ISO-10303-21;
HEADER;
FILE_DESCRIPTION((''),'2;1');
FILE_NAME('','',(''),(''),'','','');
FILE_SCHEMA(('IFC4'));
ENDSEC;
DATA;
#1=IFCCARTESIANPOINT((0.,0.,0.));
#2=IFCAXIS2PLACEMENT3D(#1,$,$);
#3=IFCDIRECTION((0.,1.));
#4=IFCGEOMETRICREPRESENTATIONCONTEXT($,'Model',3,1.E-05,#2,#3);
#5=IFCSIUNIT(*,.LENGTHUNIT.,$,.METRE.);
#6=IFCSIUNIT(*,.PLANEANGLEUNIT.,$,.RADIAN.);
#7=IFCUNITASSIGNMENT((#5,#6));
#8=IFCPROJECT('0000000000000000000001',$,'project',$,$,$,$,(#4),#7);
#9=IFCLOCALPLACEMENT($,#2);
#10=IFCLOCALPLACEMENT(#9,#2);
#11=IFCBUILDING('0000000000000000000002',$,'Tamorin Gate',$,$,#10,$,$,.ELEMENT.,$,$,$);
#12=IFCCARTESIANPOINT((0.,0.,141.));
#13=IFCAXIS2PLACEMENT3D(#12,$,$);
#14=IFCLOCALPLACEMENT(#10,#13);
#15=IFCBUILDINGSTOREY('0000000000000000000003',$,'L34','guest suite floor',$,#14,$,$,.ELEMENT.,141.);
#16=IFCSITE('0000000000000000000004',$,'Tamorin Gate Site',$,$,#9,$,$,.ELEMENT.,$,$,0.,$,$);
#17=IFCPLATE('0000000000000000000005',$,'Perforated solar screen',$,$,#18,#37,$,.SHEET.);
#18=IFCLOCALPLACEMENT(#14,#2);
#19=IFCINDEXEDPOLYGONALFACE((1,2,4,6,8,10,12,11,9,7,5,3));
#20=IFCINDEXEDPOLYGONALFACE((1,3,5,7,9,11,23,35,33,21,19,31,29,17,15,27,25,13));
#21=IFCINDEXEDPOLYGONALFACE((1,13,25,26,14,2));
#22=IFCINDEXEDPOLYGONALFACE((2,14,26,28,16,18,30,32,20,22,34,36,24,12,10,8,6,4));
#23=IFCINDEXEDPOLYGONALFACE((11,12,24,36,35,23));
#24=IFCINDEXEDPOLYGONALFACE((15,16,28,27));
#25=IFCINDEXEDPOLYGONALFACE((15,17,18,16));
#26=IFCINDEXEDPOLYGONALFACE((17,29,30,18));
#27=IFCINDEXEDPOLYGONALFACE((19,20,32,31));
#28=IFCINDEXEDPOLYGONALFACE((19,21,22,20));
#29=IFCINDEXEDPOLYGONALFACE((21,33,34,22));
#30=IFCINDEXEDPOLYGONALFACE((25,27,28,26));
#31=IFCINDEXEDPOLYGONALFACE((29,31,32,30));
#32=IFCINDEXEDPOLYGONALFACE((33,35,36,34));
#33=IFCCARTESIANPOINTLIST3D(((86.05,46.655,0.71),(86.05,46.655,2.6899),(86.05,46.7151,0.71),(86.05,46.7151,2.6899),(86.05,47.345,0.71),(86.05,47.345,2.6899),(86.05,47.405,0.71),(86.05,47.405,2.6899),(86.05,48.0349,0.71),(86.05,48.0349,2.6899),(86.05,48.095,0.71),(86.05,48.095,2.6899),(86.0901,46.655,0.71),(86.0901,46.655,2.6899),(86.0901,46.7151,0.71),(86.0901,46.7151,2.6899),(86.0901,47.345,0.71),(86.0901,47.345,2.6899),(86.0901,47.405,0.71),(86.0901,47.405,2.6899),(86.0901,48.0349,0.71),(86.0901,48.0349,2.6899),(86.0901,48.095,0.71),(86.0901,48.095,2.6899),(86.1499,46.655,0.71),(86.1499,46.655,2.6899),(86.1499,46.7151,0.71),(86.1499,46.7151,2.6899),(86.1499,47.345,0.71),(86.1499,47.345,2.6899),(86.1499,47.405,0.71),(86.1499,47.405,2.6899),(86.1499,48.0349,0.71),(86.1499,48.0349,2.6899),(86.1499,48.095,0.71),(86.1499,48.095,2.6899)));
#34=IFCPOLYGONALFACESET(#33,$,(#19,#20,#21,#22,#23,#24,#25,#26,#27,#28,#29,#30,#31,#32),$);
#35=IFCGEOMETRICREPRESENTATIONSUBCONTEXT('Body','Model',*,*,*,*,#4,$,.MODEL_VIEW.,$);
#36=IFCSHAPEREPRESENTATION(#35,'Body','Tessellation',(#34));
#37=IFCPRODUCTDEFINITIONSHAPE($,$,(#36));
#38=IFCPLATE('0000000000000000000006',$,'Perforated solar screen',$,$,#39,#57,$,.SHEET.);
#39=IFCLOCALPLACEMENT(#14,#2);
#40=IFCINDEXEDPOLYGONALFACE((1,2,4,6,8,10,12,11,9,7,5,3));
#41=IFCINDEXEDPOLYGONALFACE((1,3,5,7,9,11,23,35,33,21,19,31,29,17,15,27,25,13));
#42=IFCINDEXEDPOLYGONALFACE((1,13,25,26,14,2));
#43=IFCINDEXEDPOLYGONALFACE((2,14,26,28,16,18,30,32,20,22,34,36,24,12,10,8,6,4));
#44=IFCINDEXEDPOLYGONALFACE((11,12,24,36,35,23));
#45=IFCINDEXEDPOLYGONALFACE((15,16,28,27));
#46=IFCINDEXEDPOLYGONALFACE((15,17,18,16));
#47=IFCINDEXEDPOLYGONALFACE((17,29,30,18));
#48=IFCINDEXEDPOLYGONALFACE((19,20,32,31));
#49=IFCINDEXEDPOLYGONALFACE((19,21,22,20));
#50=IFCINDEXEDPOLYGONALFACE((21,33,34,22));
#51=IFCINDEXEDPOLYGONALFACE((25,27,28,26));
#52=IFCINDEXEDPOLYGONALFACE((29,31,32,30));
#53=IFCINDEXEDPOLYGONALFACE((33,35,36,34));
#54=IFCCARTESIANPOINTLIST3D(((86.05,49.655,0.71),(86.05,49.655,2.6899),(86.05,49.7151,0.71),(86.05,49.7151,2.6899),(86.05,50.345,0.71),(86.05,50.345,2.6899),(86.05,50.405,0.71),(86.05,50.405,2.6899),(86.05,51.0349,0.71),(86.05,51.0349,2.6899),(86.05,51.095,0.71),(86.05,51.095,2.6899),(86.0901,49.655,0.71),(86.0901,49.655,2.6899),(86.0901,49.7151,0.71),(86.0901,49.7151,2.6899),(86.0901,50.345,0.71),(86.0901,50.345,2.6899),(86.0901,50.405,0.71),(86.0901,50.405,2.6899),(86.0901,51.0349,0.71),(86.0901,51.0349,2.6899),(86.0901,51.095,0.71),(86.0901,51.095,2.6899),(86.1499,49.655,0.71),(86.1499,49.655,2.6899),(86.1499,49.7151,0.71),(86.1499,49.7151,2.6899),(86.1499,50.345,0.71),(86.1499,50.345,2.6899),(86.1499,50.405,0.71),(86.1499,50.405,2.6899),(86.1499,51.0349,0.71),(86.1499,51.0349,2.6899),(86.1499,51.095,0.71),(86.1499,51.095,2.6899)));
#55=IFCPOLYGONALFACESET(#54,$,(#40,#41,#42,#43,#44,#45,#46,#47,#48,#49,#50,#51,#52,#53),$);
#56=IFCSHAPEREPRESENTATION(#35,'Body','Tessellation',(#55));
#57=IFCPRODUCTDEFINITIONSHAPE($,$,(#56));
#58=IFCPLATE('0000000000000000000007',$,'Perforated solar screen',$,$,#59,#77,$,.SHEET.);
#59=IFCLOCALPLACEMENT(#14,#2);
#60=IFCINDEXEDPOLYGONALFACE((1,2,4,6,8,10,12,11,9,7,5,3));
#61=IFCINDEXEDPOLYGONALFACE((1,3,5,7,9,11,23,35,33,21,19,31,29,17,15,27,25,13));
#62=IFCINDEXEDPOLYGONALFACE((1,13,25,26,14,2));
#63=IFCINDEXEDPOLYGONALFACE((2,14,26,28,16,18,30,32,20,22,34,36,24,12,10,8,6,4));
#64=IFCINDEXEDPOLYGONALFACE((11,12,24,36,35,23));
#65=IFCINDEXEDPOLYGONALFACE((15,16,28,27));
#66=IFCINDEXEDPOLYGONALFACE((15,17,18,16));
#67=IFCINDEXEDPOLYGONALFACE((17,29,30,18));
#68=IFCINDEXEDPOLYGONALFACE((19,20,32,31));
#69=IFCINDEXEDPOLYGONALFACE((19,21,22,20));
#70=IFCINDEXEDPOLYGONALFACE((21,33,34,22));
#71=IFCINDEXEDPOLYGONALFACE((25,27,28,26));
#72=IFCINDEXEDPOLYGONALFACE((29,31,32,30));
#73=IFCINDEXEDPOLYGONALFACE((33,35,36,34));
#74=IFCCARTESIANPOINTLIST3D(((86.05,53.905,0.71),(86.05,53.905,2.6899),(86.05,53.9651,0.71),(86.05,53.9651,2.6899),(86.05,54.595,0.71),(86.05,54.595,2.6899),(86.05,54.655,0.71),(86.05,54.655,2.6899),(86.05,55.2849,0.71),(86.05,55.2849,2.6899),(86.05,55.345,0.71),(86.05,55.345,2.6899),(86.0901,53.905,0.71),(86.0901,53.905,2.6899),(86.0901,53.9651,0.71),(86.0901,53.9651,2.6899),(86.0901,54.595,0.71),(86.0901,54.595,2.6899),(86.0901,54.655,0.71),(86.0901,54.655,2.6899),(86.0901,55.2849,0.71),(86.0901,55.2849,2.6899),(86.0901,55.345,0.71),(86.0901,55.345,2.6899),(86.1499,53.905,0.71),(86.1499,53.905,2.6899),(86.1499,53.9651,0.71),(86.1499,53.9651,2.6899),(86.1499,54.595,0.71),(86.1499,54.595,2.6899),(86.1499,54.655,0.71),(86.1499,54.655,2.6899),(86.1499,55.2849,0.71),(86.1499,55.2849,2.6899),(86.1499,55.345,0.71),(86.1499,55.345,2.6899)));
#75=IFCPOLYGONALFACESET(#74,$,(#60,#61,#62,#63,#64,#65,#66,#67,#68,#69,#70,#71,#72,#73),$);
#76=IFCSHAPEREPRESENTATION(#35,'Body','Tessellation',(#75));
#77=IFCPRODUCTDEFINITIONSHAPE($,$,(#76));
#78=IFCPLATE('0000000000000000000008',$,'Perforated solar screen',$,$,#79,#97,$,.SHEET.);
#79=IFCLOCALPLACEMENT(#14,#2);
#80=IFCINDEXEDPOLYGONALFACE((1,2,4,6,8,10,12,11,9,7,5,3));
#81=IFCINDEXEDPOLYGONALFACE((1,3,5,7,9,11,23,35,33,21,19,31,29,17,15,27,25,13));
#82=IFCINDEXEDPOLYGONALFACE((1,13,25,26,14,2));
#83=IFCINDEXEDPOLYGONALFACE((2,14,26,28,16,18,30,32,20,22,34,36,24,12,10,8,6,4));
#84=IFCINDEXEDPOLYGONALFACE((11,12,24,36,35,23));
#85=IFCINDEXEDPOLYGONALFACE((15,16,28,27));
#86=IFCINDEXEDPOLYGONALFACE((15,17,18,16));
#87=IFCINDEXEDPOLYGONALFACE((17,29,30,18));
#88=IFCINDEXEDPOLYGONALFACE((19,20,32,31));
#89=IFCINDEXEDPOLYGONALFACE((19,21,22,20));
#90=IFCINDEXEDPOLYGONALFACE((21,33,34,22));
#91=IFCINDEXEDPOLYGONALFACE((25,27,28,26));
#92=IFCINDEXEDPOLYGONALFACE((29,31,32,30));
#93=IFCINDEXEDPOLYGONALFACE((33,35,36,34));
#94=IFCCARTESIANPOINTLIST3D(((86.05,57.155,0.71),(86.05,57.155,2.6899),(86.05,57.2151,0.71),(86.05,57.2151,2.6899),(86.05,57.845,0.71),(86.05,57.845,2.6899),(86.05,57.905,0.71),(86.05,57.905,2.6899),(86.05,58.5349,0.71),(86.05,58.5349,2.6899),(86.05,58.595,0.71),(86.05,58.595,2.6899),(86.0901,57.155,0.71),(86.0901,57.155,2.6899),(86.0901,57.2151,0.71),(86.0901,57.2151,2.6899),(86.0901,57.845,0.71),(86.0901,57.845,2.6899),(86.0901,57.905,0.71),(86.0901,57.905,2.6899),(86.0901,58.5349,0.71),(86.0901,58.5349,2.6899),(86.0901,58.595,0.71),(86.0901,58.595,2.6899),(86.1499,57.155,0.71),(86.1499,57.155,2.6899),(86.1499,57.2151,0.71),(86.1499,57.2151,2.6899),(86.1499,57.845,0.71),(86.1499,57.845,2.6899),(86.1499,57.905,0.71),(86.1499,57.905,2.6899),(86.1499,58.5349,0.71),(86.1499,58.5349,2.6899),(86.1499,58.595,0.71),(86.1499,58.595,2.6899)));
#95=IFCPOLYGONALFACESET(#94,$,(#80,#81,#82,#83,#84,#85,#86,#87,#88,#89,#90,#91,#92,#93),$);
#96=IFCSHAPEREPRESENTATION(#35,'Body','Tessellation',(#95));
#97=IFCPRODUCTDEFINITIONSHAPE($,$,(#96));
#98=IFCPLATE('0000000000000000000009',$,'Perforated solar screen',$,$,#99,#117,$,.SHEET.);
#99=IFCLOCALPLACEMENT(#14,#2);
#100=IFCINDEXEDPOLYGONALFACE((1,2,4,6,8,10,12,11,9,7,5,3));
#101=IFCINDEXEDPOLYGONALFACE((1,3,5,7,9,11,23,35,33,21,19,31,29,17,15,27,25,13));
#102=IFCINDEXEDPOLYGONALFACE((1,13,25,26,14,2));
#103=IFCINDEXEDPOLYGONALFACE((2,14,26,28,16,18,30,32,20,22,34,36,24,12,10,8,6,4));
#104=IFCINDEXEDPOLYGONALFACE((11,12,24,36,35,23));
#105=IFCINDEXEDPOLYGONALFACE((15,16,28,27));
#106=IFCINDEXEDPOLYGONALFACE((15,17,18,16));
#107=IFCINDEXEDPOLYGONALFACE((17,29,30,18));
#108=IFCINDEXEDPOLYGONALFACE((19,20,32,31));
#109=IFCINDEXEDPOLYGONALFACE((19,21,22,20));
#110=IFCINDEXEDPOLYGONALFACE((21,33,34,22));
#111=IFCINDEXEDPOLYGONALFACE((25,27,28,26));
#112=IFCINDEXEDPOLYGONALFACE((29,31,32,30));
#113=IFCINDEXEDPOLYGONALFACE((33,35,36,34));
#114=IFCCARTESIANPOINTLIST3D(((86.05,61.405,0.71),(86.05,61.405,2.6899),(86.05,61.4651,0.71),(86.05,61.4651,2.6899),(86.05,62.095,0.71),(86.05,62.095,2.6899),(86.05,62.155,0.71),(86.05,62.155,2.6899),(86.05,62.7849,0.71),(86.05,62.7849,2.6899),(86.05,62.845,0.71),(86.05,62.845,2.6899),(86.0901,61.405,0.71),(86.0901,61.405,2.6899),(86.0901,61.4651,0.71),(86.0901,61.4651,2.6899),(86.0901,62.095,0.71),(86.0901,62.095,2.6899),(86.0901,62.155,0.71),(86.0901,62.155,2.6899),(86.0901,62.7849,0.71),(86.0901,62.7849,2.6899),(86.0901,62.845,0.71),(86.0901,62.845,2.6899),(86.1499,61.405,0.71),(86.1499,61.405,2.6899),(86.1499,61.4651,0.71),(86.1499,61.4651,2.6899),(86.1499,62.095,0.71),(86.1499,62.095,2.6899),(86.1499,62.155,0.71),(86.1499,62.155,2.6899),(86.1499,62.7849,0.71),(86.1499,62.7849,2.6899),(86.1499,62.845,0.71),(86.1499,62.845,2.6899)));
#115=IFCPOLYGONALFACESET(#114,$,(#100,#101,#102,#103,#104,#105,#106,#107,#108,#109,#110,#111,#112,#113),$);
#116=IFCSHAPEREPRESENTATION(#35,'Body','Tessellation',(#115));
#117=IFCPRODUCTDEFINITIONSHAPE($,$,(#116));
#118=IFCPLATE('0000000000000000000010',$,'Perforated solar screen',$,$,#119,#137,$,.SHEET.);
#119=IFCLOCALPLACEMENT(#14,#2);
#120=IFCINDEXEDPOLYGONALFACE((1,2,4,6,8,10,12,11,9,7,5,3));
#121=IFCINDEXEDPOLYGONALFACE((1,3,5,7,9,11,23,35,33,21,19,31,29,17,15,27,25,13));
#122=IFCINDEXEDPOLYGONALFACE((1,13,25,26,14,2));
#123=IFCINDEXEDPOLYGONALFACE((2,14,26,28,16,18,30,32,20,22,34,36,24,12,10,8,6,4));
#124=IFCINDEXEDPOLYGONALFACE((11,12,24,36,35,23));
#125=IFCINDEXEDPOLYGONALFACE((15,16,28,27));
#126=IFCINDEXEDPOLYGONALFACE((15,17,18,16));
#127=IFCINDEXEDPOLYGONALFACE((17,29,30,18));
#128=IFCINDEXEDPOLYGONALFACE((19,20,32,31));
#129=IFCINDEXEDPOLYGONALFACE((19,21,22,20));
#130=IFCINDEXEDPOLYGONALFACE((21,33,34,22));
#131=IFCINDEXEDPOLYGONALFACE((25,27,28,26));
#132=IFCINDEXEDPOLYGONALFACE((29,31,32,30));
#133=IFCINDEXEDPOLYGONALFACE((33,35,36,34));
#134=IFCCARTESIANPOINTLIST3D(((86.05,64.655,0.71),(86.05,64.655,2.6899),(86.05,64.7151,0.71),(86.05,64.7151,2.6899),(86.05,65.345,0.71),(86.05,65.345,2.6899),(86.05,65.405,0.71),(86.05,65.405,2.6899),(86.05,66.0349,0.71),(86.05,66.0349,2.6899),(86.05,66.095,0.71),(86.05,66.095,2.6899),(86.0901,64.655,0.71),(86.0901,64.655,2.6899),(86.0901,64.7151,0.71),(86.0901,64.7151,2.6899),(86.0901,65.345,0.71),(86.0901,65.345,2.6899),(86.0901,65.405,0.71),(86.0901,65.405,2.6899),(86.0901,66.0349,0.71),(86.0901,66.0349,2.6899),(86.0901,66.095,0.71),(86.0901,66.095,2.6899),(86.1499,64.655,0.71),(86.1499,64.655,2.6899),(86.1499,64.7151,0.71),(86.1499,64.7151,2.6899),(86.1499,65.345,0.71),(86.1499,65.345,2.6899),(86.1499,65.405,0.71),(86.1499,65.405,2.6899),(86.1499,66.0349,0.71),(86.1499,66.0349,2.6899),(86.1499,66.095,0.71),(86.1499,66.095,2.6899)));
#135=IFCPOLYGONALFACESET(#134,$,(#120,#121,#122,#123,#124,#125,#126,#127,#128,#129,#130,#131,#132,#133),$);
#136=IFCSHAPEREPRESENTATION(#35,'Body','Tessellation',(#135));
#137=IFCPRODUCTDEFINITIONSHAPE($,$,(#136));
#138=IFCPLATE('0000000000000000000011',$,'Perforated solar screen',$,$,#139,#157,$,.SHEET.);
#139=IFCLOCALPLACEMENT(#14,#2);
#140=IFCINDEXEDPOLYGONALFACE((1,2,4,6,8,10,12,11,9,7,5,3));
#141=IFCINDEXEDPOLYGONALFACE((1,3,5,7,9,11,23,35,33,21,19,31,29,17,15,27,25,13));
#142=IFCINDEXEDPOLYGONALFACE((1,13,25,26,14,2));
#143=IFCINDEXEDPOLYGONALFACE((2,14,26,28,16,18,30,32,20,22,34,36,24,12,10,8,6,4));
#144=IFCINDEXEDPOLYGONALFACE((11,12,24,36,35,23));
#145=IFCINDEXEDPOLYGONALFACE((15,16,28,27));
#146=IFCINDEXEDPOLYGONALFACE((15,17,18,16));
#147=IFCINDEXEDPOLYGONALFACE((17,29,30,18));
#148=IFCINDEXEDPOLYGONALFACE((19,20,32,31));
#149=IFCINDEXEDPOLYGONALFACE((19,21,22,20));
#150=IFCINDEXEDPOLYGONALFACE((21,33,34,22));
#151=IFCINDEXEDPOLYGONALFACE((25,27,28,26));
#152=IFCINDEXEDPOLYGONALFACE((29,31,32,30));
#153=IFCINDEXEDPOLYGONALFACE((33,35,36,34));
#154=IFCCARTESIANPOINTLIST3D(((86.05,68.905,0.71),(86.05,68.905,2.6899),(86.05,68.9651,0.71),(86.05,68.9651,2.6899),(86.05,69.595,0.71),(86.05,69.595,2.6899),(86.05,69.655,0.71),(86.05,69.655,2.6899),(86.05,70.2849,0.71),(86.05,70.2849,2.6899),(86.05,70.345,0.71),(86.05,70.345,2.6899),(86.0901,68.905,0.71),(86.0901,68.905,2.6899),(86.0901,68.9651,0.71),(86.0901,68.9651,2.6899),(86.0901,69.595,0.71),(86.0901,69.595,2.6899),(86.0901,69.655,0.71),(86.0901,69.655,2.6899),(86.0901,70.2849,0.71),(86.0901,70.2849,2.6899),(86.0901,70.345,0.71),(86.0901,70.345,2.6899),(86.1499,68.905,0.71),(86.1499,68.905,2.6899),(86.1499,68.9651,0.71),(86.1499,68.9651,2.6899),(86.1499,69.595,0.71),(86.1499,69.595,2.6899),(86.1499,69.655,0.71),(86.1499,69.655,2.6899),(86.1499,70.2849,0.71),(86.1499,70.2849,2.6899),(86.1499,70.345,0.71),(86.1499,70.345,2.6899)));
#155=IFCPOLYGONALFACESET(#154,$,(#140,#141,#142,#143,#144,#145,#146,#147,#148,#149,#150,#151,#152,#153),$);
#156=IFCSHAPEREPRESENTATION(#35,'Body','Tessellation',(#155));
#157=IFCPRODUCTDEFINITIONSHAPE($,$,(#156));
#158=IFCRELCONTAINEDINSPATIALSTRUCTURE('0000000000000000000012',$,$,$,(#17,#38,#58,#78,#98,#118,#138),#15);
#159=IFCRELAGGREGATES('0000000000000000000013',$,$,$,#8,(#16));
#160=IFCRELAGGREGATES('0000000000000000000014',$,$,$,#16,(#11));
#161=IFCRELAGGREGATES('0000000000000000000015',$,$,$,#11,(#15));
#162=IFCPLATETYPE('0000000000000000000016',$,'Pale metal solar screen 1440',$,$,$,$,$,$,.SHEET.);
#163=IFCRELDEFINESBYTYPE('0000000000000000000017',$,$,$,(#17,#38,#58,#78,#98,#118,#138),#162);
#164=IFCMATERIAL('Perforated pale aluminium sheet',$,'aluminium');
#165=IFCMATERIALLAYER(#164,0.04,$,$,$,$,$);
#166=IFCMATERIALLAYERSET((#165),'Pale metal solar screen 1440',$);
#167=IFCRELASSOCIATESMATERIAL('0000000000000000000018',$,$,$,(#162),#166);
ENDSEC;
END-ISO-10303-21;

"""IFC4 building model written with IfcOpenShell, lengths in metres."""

from ifc_helpers import new_model, si_unit, direction, frame, origin, place, context, subcontext, project, spatial, polyline, outline, extrude, material, layer, layer_set, type_object, element, save


model = new_model("IFC4")

# Units and contexts
model_context = context("Model", 3, precision=1e-05, world=origin(), true_north=direction((0.0, 1.0)))
body_context = subcontext(model_context, "Body", "Model", "MODEL_VIEW")
ifc_project = project(units=[si_unit("LENGTHUNIT", "METRE"), si_unit("PLANEANGLEUNIT", "RADIAN")], contexts=[model_context])

# Site, building, storey
site_placement = place(None, origin())
site = spatial("IfcSite", under=ifc_project, at=site_placement, Name="Tamorin Gate Site", CompositionType="ELEMENT", RefElevation=0.0)
building_placement = place(site_placement, origin())
building = spatial("IfcBuilding", under=site, at=building_placement, Name="Tamorin Gate", CompositionType="ELEMENT")
storey_placement = place(building_placement, frame((0.0, 0.0, 141.0)))
storey = spatial("IfcBuildingStorey", under=building, at=storey_placement, Name="L34", Description="guest suite floor", CompositionType="ELEMENT", Elevation=141.0)

# Plates
ifc_material_1 = material(Name="Perforated pale aluminium sheet", Category="aluminium")
ifc_layer_1 = layer(ifc_material_1, 0.04)
ifc_layer_set_1 = layer_set([ifc_layer_1], Name="Pale metal solar screen 1440")
plate_type_1 = type_object("IfcPlateType", Name="Pale metal solar screen 1440", PredefinedType="SHEET", material=ifc_layer_set_1)
plate_1_placement = place(storey_placement, frame((0.0, 0.0, 0.71)))
element("IfcPlate", 1, at=plate_1_placement, inside=storey, type_object=plate_type_1, Name="Perforated solar screen", PredefinedType="SHEET", context=body_context, shape_type="SweptSolid", body=[
    extrude(outline(polyline([(86.0901, 46.655), (86.05, 46.655), (86.05, 46.7151), (86.05, 47.345), (86.05, 47.405), (86.05, 48.0349), (86.05, 48.095), (86.05, 48.095), (86.0901, 48.095), (86.0901, 48.095), (86.1499, 48.095), (86.1499, 48.0349), (86.0901, 48.0349), (86.0901, 47.405), (86.1499, 47.405), (86.1499, 47.345), (86.0901, 47.345), (86.0901, 46.7151), (86.1499, 46.7151), (86.1499, 46.655), (86.0901, 46.655)])), origin(), (0.0, 0.0, 1.0), 1.98),
])
plate_2_placement = place(storey_placement, frame((0.0, 0.0, 0.71)))
element("IfcPlate", 2, at=plate_2_placement, inside=storey, type_object=plate_type_1, Name="Perforated solar screen", PredefinedType="SHEET", context=body_context, shape_type="SweptSolid", body=[
    extrude(outline(polyline([(86.0901, 49.655), (86.05, 49.655), (86.05, 49.7151), (86.05, 50.345), (86.05, 50.405), (86.05, 51.0349), (86.05, 51.095), (86.0901, 51.095), (86.1499, 51.095), (86.1499, 51.0349), (86.0901, 51.0349), (86.0901, 50.405), (86.1499, 50.405), (86.1499, 50.345), (86.0901, 50.345), (86.0901, 49.7151), (86.1499, 49.7151), (86.1499, 49.655), (86.0901, 49.655)])), origin(), (0.0, 0.0, 1.0), 1.98),
])
plate_3_placement = place(storey_placement, frame((0.0, 0.0, 0.71)))
element("IfcPlate", 3, at=plate_3_placement, inside=storey, type_object=plate_type_1, Name="Perforated solar screen", PredefinedType="SHEET", context=body_context, shape_type="SweptSolid", body=[
    extrude(outline(polyline([(86.0901, 53.905), (86.05, 53.905), (86.05, 53.9651), (86.05, 54.595), (86.05, 54.655), (86.05, 55.2849), (86.05, 55.345), (86.0901, 55.345), (86.1499, 55.345), (86.1499, 55.2849), (86.0901, 55.2849), (86.0901, 54.655), (86.1499, 54.655), (86.1499, 54.595), (86.0901, 54.595), (86.0901, 53.9651), (86.1499, 53.9651), (86.1499, 53.905), (86.0901, 53.905)])), origin(), (0.0, 0.0, 1.0), 1.98),
])
plate_4_placement = place(storey_placement, frame((0.0, 0.0, 0.71)))
element("IfcPlate", 4, at=plate_4_placement, inside=storey, type_object=plate_type_1, Name="Perforated solar screen", PredefinedType="SHEET", context=body_context, shape_type="SweptSolid", body=[
    extrude(outline(polyline([(86.0901, 57.155), (86.05, 57.155), (86.05, 57.2151), (86.05, 57.845), (86.05, 57.905), (86.05, 58.5349), (86.05, 58.595), (86.0901, 58.595), (86.1499, 58.595), (86.1499, 58.5349), (86.0901, 58.5349), (86.0901, 57.905), (86.1499, 57.905), (86.1499, 57.845), (86.0901, 57.845), (86.0901, 57.2151), (86.1499, 57.2151), (86.1499, 57.155), (86.0901, 57.155)])), origin(), (0.0, 0.0, 1.0), 1.98),
])
plate_5_placement = place(storey_placement, frame((0.0, 0.0, 0.71)))
element("IfcPlate", 5, at=plate_5_placement, inside=storey, type_object=plate_type_1, Name="Perforated solar screen", PredefinedType="SHEET", context=body_context, shape_type="SweptSolid", body=[
    extrude(outline(polyline([(86.0901, 61.405), (86.05, 61.405), (86.05, 61.4651), (86.05, 62.095), (86.05, 62.155), (86.05, 62.7849), (86.05, 62.845), (86.0901, 62.845), (86.1499, 62.845), (86.1499, 62.7849), (86.0901, 62.7849), (86.0901, 62.155), (86.1499, 62.155), (86.1499, 62.095), (86.0901, 62.095), (86.0901, 61.4651), (86.1499, 61.4651), (86.1499, 61.405), (86.0901, 61.405)])), origin(), (0.0, 0.0, 1.0), 1.98),
])
plate_6_placement = place(storey_placement, frame((0.0, 0.0, 0.71)))
element("IfcPlate", 6, at=plate_6_placement, inside=storey, type_object=plate_type_1, Name="Perforated solar screen", PredefinedType="SHEET", context=body_context, shape_type="SweptSolid", body=[
    extrude(outline(polyline([(86.0901, 64.655), (86.05, 64.655), (86.05, 64.7151), (86.05, 65.345), (86.05, 65.405), (86.05, 66.0349), (86.05, 66.095), (86.0901, 66.095), (86.1499, 66.095), (86.1499, 66.0349), (86.0901, 66.0349), (86.0901, 65.405), (86.1499, 65.405), (86.1499, 65.345), (86.0901, 65.345), (86.0901, 64.7151), (86.1499, 64.7151), (86.1499, 64.655), (86.0901, 64.655)])), origin(), (0.0, 0.0, 1.0), 1.98),
])
plate_7_placement = place(storey_placement, frame((0.0, 0.0, 0.71)))
element("IfcPlate", 7, at=plate_7_placement, inside=storey, type_object=plate_type_1, Name="Perforated solar screen", PredefinedType="SHEET", context=body_context, shape_type="SweptSolid", body=[
    extrude(outline(polyline([(86.0901, 68.905), (86.05, 68.905), (86.05, 68.9651), (86.05, 69.595), (86.05, 69.655), (86.05, 70.2849), (86.05, 70.345), (86.0901, 70.345), (86.1499, 70.345), (86.1499, 70.2849), (86.0901, 70.2849), (86.0901, 69.655), (86.1499, 69.655), (86.1499, 69.595), (86.0901, 69.595), (86.0901, 68.9651), (86.1499, 68.9651), (86.1499, 68.905), (86.0901, 68.905)])), origin(), (0.0, 0.0, 1.0), 1.98),
])

save(model, "model.ifc")
